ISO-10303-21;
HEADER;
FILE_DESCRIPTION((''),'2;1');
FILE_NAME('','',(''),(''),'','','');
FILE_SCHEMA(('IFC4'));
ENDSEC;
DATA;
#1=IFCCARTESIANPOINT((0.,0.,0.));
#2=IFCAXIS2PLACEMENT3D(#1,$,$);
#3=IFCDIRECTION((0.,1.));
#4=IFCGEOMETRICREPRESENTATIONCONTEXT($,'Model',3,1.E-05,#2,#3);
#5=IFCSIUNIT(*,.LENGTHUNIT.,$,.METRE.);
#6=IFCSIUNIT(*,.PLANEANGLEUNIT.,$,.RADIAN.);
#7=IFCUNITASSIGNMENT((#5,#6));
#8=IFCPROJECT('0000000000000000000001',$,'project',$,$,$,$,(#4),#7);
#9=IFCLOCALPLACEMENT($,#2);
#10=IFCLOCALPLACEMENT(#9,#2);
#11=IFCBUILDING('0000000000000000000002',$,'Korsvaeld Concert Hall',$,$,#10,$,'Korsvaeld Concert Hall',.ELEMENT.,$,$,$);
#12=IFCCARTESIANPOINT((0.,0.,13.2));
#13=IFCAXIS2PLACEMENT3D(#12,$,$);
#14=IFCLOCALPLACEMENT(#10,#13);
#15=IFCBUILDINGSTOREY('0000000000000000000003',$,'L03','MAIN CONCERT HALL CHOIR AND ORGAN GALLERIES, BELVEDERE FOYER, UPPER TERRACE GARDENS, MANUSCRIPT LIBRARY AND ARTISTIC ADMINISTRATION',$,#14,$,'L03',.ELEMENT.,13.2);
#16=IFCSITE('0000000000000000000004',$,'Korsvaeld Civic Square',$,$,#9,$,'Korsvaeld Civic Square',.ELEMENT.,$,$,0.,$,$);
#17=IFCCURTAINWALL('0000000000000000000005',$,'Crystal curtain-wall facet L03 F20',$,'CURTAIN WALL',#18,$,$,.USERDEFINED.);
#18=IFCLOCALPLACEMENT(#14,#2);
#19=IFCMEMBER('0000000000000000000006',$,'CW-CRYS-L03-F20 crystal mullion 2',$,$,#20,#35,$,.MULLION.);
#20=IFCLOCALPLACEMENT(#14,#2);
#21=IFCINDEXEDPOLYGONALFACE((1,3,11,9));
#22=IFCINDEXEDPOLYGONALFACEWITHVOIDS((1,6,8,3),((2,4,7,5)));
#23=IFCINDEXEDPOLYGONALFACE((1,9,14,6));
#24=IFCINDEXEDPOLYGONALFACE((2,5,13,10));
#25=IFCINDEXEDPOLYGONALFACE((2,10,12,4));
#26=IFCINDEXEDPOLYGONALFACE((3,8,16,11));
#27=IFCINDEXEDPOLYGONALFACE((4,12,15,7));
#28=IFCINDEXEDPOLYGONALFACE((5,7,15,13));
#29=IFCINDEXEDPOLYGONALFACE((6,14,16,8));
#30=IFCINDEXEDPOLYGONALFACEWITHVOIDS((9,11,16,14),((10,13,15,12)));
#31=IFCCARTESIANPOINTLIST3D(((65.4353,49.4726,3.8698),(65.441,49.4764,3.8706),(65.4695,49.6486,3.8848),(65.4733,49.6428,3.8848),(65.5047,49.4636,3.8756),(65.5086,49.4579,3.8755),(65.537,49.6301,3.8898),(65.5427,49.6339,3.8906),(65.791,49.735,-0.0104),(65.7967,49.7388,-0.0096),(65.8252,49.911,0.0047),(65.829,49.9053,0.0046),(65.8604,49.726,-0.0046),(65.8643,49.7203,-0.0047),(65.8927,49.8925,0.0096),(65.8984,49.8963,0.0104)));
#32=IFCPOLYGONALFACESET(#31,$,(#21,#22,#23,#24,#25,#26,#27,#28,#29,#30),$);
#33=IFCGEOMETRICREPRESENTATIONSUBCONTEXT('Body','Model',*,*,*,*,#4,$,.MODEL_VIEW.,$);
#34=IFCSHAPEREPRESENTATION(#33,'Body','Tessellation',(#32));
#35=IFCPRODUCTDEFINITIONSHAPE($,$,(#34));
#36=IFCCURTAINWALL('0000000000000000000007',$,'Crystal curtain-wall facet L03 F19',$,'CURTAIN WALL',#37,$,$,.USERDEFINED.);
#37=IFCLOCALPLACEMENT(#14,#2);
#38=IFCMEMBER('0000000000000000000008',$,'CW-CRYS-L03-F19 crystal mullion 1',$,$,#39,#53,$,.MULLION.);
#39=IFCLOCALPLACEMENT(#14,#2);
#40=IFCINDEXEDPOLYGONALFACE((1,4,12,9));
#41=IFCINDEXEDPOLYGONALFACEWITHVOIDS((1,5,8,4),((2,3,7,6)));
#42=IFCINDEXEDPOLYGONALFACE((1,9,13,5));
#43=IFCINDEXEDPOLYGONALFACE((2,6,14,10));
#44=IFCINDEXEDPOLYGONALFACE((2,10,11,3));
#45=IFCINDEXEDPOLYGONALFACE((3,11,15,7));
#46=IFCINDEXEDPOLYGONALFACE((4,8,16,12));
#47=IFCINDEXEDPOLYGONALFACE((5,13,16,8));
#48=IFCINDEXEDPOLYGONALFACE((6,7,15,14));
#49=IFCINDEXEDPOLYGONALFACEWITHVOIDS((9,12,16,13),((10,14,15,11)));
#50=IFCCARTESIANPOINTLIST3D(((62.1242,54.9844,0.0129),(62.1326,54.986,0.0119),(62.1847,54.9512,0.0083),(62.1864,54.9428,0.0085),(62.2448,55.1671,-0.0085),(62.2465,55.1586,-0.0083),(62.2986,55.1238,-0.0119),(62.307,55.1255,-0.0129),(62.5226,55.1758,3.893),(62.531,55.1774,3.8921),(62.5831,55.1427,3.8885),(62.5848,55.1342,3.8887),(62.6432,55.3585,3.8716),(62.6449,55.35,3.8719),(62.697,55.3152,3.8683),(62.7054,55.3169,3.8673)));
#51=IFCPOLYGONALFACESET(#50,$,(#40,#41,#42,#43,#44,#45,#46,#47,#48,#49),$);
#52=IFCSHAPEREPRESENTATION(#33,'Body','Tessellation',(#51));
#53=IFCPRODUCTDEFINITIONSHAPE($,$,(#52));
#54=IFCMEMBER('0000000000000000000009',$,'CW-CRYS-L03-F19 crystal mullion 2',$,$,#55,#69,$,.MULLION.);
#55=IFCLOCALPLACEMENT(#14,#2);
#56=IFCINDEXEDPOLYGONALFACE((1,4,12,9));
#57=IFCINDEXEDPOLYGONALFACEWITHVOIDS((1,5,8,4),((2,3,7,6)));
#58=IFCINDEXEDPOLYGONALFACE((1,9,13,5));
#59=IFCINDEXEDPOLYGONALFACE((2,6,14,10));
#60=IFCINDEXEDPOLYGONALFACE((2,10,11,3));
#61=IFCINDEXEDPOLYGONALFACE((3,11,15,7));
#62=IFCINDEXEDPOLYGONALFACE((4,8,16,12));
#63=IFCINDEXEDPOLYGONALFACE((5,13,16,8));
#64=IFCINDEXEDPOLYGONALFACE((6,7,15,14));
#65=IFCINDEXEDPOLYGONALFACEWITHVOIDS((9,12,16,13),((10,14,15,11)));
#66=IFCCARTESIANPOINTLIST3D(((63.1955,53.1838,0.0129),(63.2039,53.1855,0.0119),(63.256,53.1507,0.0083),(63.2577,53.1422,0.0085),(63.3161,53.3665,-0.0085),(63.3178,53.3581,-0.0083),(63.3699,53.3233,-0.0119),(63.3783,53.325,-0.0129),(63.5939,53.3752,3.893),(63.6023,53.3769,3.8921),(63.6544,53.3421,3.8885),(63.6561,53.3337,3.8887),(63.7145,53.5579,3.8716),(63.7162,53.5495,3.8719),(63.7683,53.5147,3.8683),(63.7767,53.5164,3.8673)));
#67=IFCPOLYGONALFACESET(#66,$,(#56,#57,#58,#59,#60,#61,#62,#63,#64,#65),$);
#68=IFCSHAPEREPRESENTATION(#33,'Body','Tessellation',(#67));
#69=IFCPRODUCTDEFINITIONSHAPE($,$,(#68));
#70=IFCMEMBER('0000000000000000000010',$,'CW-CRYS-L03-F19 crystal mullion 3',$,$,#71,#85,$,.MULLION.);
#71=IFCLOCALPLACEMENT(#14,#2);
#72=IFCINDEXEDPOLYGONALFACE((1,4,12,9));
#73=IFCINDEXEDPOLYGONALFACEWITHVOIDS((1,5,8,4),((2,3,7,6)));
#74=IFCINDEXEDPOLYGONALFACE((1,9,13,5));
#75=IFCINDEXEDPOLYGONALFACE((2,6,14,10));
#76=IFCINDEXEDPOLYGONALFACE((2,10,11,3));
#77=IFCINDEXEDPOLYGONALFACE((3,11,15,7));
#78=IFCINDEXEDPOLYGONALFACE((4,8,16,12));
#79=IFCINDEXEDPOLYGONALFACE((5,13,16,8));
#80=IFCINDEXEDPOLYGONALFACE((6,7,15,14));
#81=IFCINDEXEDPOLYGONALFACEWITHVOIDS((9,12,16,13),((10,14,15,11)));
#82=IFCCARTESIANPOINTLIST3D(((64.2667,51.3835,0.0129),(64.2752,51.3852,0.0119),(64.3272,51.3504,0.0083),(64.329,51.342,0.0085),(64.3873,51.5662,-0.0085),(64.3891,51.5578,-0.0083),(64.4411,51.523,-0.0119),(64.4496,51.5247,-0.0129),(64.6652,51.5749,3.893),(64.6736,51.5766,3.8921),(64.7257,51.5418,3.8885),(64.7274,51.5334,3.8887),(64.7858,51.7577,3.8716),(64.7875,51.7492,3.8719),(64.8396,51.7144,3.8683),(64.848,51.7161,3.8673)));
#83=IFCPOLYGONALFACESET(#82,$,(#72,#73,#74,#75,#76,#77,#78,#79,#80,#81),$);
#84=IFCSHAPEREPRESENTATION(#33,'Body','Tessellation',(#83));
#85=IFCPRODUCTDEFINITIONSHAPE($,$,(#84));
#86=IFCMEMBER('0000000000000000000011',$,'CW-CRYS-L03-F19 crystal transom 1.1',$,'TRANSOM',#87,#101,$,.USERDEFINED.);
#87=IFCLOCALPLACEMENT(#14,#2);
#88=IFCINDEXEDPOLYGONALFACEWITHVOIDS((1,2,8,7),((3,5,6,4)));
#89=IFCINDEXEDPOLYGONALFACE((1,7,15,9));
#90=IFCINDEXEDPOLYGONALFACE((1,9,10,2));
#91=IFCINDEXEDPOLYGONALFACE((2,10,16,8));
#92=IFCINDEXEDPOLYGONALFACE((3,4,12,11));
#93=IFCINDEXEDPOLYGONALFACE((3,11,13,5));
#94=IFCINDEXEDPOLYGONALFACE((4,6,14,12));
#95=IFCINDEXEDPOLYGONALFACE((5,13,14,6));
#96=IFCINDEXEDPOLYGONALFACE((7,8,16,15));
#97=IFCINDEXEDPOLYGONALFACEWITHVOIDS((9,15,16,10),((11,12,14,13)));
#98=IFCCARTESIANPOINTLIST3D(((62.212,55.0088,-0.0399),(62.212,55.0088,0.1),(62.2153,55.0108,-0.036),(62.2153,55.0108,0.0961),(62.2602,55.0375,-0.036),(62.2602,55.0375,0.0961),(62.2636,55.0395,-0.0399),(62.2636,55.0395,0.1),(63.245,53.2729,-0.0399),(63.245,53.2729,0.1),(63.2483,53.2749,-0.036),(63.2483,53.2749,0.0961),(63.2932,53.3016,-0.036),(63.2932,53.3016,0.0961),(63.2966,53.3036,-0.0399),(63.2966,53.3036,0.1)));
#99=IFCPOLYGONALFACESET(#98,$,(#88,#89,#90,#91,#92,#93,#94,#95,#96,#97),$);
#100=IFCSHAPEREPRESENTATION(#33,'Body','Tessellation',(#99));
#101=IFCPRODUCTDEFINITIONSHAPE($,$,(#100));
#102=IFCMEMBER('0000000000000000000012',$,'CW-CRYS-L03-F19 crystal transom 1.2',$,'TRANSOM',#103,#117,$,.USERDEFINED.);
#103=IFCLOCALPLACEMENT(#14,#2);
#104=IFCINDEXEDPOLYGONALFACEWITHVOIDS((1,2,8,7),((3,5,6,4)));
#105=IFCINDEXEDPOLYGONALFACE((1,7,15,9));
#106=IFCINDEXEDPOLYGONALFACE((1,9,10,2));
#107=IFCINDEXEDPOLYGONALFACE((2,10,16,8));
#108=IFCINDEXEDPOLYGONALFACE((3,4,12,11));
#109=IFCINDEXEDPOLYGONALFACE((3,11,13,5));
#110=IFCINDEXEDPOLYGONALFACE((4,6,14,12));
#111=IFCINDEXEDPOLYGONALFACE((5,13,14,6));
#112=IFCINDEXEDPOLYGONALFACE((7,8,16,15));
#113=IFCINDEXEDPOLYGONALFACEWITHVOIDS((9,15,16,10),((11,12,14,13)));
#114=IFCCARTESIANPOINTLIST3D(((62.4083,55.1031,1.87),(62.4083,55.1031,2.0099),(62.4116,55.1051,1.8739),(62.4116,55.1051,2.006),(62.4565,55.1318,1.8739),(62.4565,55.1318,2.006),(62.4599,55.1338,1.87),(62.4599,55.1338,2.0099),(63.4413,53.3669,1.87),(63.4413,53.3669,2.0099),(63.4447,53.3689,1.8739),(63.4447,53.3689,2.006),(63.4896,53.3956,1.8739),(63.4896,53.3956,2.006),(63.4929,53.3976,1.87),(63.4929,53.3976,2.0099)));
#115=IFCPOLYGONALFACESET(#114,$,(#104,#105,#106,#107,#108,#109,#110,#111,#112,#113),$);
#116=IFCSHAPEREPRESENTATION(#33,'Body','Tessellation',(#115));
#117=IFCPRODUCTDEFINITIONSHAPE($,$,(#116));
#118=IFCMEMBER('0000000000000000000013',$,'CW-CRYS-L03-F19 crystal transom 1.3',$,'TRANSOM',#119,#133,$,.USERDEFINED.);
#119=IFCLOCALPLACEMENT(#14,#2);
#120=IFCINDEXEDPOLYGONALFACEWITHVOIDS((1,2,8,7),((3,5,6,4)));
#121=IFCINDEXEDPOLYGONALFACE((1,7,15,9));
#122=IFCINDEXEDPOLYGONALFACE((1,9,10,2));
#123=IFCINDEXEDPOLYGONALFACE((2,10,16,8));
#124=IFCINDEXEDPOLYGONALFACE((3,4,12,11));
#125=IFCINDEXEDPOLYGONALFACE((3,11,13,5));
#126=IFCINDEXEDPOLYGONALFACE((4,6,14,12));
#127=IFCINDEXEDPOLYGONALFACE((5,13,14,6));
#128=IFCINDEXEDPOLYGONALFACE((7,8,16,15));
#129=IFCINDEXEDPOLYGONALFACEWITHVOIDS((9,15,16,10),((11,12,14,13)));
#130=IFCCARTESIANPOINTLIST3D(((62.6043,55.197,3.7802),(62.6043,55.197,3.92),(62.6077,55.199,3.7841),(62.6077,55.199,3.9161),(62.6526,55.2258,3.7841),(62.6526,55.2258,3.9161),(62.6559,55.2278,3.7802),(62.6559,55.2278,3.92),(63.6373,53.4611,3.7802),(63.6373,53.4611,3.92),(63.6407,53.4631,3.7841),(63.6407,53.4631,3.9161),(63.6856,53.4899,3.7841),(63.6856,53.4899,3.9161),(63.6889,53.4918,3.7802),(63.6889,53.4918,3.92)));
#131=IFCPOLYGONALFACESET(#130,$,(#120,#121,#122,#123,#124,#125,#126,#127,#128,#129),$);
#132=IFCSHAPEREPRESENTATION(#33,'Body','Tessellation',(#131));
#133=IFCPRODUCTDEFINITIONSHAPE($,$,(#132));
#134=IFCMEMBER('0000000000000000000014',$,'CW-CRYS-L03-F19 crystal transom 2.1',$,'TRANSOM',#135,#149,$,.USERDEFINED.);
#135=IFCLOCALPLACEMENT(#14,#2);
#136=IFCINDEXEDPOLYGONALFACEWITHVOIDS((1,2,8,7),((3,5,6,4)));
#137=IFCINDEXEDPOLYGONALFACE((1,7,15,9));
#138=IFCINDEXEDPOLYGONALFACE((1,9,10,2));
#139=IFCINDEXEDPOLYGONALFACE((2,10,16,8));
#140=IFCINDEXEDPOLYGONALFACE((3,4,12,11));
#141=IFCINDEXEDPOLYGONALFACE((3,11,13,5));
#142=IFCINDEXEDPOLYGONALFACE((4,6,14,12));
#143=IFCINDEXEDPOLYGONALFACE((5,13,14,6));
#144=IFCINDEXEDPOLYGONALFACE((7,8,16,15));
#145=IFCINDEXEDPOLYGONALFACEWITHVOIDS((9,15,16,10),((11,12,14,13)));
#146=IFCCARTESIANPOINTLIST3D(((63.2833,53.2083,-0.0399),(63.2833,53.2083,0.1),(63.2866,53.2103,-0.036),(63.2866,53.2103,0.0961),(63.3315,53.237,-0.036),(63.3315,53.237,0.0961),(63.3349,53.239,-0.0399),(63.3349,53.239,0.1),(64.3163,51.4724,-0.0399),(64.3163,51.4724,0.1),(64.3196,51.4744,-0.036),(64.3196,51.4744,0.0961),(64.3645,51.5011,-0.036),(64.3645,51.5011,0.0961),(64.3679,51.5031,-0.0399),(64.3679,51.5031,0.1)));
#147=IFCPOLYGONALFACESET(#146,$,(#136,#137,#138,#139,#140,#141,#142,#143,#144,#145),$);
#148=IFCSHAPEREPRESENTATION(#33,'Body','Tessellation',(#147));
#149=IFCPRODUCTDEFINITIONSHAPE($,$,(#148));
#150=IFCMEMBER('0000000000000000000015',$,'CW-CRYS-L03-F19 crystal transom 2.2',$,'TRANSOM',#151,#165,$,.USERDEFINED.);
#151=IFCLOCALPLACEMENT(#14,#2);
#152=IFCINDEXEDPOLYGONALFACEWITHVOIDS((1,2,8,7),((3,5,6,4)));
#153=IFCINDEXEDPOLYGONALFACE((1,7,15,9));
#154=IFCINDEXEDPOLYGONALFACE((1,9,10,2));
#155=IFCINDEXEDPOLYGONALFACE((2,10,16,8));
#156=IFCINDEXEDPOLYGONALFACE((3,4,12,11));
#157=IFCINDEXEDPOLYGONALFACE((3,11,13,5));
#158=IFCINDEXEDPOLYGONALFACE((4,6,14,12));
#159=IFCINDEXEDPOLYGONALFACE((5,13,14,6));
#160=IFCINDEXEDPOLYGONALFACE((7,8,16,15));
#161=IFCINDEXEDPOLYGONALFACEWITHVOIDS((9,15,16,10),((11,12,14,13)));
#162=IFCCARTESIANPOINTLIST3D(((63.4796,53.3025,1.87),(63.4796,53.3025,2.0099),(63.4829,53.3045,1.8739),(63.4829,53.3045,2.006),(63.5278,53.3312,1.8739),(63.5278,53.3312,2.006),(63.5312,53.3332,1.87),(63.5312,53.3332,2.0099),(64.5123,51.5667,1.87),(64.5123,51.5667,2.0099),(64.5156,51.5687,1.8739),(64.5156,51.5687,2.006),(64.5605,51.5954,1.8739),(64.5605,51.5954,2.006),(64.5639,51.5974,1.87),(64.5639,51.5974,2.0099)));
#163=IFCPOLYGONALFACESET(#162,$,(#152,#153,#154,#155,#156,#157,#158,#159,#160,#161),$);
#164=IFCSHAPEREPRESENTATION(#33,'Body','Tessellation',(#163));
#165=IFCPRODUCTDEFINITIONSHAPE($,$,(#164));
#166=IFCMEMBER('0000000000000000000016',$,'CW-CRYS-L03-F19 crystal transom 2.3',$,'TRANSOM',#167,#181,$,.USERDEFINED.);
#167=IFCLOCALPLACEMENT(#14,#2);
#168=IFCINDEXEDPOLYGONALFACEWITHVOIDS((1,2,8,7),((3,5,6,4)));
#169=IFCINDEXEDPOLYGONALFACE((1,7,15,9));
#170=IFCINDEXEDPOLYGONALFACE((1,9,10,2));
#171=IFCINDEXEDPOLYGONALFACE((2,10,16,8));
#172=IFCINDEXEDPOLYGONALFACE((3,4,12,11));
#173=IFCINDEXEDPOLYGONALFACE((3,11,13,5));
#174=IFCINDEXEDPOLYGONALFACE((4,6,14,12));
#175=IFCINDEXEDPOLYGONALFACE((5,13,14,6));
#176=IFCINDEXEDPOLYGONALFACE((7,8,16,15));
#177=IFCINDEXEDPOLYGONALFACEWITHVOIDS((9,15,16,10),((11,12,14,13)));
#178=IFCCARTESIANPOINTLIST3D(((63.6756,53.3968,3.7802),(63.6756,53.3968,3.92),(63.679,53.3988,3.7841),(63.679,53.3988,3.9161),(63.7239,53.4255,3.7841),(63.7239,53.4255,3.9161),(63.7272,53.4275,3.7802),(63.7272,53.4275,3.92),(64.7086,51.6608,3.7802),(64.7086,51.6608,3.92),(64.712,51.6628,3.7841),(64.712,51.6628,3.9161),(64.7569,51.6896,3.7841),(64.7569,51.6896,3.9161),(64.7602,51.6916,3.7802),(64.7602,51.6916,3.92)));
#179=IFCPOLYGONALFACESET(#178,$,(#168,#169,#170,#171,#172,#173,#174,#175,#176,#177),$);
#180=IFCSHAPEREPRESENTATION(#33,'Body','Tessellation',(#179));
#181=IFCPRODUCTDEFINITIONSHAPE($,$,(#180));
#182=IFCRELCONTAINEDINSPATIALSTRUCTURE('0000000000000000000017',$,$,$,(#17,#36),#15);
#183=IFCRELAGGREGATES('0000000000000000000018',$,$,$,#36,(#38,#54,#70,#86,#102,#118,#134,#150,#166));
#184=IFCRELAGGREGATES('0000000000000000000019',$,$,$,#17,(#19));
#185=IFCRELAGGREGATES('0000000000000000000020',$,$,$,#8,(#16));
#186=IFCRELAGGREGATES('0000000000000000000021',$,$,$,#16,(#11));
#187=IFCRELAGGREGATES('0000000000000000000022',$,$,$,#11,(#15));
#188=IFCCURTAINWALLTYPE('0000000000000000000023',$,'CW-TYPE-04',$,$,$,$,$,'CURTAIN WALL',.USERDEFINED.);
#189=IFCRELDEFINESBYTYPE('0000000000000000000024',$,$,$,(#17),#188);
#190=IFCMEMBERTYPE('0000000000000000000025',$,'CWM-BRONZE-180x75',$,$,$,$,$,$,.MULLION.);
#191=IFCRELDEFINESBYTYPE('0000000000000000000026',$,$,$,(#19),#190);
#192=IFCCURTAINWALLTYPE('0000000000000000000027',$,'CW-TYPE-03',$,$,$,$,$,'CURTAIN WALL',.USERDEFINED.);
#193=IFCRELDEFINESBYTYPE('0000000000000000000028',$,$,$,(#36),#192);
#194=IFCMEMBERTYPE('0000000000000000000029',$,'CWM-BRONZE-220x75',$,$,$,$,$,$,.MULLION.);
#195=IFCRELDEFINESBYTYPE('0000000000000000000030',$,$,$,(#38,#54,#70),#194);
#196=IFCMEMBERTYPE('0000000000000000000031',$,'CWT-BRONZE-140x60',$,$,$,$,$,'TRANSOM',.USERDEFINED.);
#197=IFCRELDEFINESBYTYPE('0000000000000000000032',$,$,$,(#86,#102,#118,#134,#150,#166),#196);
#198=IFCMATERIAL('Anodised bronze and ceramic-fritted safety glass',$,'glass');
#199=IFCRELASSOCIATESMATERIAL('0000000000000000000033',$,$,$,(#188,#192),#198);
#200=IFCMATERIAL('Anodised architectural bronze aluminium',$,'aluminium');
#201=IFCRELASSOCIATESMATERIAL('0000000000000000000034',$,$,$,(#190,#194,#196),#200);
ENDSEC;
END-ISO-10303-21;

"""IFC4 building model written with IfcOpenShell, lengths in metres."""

from ifc_helpers import new_model, si_unit, direction, frame, origin, origin_2d, place, context, subcontext, project, spatial, hollow_rectangle, extrude, material, material_profile, profile_set, type_object, element, aggregate, save


model = new_model("IFC4")

# Units and contexts
model_context = context("Model", 3, precision=1e-05, world=origin(), true_north=direction((0.0, 1.0)))
body_context = subcontext(model_context, "Body", "Model", "MODEL_VIEW")
ifc_project = project(units=[si_unit("LENGTHUNIT", "METRE"), si_unit("PLANEANGLEUNIT", "RADIAN")], contexts=[model_context])

# Site, building, storey
site_placement = place(None, origin())
site = spatial("IfcSite", under=ifc_project, at=site_placement, Name="Korsvaeld Civic Square", LongName="Korsvaeld Civic Square", CompositionType="ELEMENT", RefElevation=0.0)
building_placement = place(site_placement, origin())
building = spatial("IfcBuilding", under=site, at=building_placement, Name="Korsvaeld Concert Hall", LongName="Korsvaeld Concert Hall", CompositionType="ELEMENT")
storey_placement = place(building_placement, frame((0.0, 0.0, 13.2)))
storey = spatial("IfcBuildingStorey", under=building, at=storey_placement, Name="L03", Description="MAIN CONCERT HALL CHOIR AND ORGAN GALLERIES, BELVEDERE FOYER, UPPER TERRACE GARDENS, MANUSCRIPT LIBRARY AND ARTISTIC ADMINISTRATION", LongName="L03", CompositionType="ELEMENT", Elevation=13.2)

# Curtain walls, members
ifc_material_1 = material(Name="Anodised bronze and ceramic-fritted safety glass", Category="glass")
curtain_wall_type_1 = type_object("IfcCurtainWallType", Name="CW-TYPE-04", ElementType="CURTAIN WALL", PredefinedType="USERDEFINED", material=ifc_material_1)
curtain_wall_1_placement = place(storey_placement, origin())
curtain_wall_1 = element("IfcCurtainWall", 1, at=curtain_wall_1_placement, inside=storey, type_object=curtain_wall_type_1, Name="Crystal curtain-wall facet L03 F20", ObjectType="CURTAIN WALL", PredefinedType="USERDEFINED")
ifc_material_2 = material(Name="Anodised architectural bronze aluminium", Category="aluminium")
ifc_material_profile_1 = material_profile(ifc_material_2, hollow_rectangle(XDim=0.075, YDim=0.1799, WallThickness=0.0049, at=origin_2d()), Name="CWM 180x75x5")
ifc_profile_set_1 = profile_set([ifc_material_profile_1], Name="Anodised architectural bronze aluminium")
member_type_1 = type_object("IfcMemberType", Name="CWM-BRONZE-180x75", PredefinedType="MULLION", material=ifc_profile_set_1)
member_1_placement = place(storey_placement, frame((65.8447, 49.8157, 0.0), z_axis=(-0.091086, -0.067205, 0.993573), x_axis=(0.977585, -0.196208, 0.076349)))
member_1 = element("IfcMember", 2, at=member_1_placement, type_object=member_type_1, Name="CW-CRYS-L03-F20 crystal mullion 2", PredefinedType="MULLION", context=body_context, shape_type="SweptSolid", body=[
    extrude(hollow_rectangle(XDim=0.075, YDim=0.1799, WallThickness=0.0049, at=origin_2d()), origin(), (0.0, 0.0, 1.0), 3.9053),
])
curtain_wall_type_2 = type_object("IfcCurtainWallType", Name="CW-TYPE-03", ElementType="CURTAIN WALL", PredefinedType="USERDEFINED", material=ifc_material_1)
curtain_wall_2_placement = place(storey_placement, origin())
curtain_wall_2 = element("IfcCurtainWall", 3, at=curtain_wall_2_placement, inside=storey, type_object=curtain_wall_type_2, Name="Crystal curtain-wall facet L03 F19", ObjectType="CURTAIN WALL", PredefinedType="USERDEFINED")
ifc_material_profile_2 = material_profile(ifc_material_2, hollow_rectangle(XDim=0.075, YDim=0.22, WallThickness=0.0061, at=origin_2d()), Name="CWM 220x75x6")
ifc_profile_set_2 = profile_set([ifc_material_profile_2], Name="Anodised architectural bronze aluminium")
member_type_2 = type_object("IfcMemberType", Name="CWM-BRONZE-220x75", PredefinedType="MULLION", material=ifc_profile_set_2)
member_2_placement = place(storey_placement, frame((62.2156, 55.0549, 0.0), z_axis=(0.102027, 0.049013, 0.993573), x_axis=(-0.830086, 0.554624, 0.057879)))
member_2 = element("IfcMember", 4, at=member_2_placement, type_object=member_type_2, Name="CW-CRYS-L03-F19 crystal mullion 1", PredefinedType="MULLION", context=body_context, shape_type="SweptSolid", body=[
    extrude(hollow_rectangle(XDim=0.075, YDim=0.22, WallThickness=0.0061, at=origin_2d()), origin(), (0.0, 0.0, 1.0), 3.9053),
])
member_3_placement = place(storey_placement, frame((63.2869, 53.2544, 0.0), z_axis=(0.102027, 0.049013, 0.993573), x_axis=(-0.830086, 0.554624, 0.057879)))
member_3 = element("IfcMember", 5, at=member_3_placement, type_object=member_type_2, Name="CW-CRYS-L03-F19 crystal mullion 2", PredefinedType="MULLION", context=body_context, shape_type="SweptSolid", body=[
    extrude(hollow_rectangle(XDim=0.075, YDim=0.22, WallThickness=0.0061, at=origin_2d()), origin(), (0.0, 0.0, 1.0), 3.9053),
])
member_4_placement = place(storey_placement, frame((64.3582, 51.4541, 0.0), z_axis=(0.102027, 0.049013, 0.993573), x_axis=(-0.830086, 0.554624, 0.057879)))
member_4 = element("IfcMember", 6, at=member_4_placement, type_object=member_type_2, Name="CW-CRYS-L03-F19 crystal mullion 3", PredefinedType="MULLION", context=body_context, shape_type="SweptSolid", body=[
    extrude(hollow_rectangle(XDim=0.075, YDim=0.22, WallThickness=0.0061, at=origin_2d()), origin(), (0.0, 0.0, 1.0), 3.9053),
])
ifc_material_profile_3 = material_profile(ifc_material_2, hollow_rectangle(XDim=0.0601, YDim=0.1399, WallThickness=0.0039, at=origin_2d()), Name="CWT 140x60x4")
ifc_profile_set_3 = profile_set([ifc_material_profile_3], Name="Anodised architectural bronze aluminium")
member_type_3 = type_object("IfcMemberType", Name="CWT-BRONZE-140x60", ElementType="TRANSOM", PredefinedType="USERDEFINED", material=ifc_profile_set_3)
member_5_placement = place(storey_placement, frame((62.2378, 55.0242, 0.03), z_axis=(0.511382, -0.859354, 0.0), x_axis=(0.859354, 0.511382, 0.0)))
member_5 = element("IfcMember", 7, at=member_5_placement, type_object=member_type_3, Name="CW-CRYS-L03-F19 crystal transom 1.1", ObjectType="TRANSOM", PredefinedType="USERDEFINED", context=body_context, shape_type="SweptSolid", body=[
    extrude(hollow_rectangle(XDim=0.0601, YDim=0.1399, WallThickness=0.0039, at=origin_2d()), origin(), (0.0, 0.0, 1.0), 2.02),
])
member_6_placement = place(storey_placement, frame((62.4341, 55.1184, 1.9399), z_axis=(0.511329, -0.859385, 0.0), x_axis=(0.859385, 0.511329, 0.0)))
member_6 = element("IfcMember", 8, at=member_6_placement, type_object=member_type_3, Name="CW-CRYS-L03-F19 crystal transom 1.2", ObjectType="TRANSOM", PredefinedType="USERDEFINED", context=body_context, shape_type="SweptSolid", body=[
    extrude(hollow_rectangle(XDim=0.0601, YDim=0.1399, WallThickness=0.0039, at=origin_2d()), origin(), (0.0, 0.0, 1.0), 2.0203),
])
member_7_placement = place(storey_placement, frame((62.6301, 55.2124, 3.8501), z_axis=(0.511382, -0.859354, 0.0), x_axis=(0.859354, 0.511382, 0.0)))
member_7 = element("IfcMember", 9, at=member_7_placement, type_object=member_type_3, Name="CW-CRYS-L03-F19 crystal transom 1.3", ObjectType="TRANSOM", PredefinedType="USERDEFINED", context=body_context, shape_type="SweptSolid", body=[
    extrude(hollow_rectangle(XDim=0.0601, YDim=0.1399, WallThickness=0.0039, at=origin_2d()), origin(), (0.0, 0.0, 1.0), 2.02),
])
member_8_placement = place(storey_placement, frame((63.3091, 53.2236, 0.03), z_axis=(0.511382, -0.859354, 0.0), x_axis=(0.859354, 0.511382, 0.0)))
member_8 = element("IfcMember", 10, at=member_8_placement, type_object=member_type_3, Name="CW-CRYS-L03-F19 crystal transom 2.1", ObjectType="TRANSOM", PredefinedType="USERDEFINED", context=body_context, shape_type="SweptSolid", body=[
    extrude(hollow_rectangle(XDim=0.0601, YDim=0.1399, WallThickness=0.0039, at=origin_2d()), origin(), (0.0, 0.0, 1.0), 2.02),
])
member_9_placement = place(storey_placement, frame((63.5054, 53.3179, 1.9399), z_axis=(0.511293, -0.859407, 0.0), x_axis=(0.859407, 0.511293, 0.0)))
member_9 = element("IfcMember", 11, at=member_9_placement, type_object=member_type_3, Name="CW-CRYS-L03-F19 crystal transom 2.2", ObjectType="TRANSOM", PredefinedType="USERDEFINED", context=body_context, shape_type="SweptSolid", body=[
    extrude(hollow_rectangle(XDim=0.0601, YDim=0.1399, WallThickness=0.0039, at=origin_2d()), origin(), (0.0, 0.0, 1.0), 2.0198),
])
member_10_placement = place(storey_placement, frame((63.7014, 53.4121, 3.8501), z_axis=(0.511382, -0.859354, 0.0), x_axis=(0.859354, 0.511382, 0.0)))
member_10 = element("IfcMember", 12, at=member_10_placement, type_object=member_type_3, Name="CW-CRYS-L03-F19 crystal transom 2.3", ObjectType="TRANSOM", PredefinedType="USERDEFINED", context=body_context, shape_type="SweptSolid", body=[
    extrude(hollow_rectangle(XDim=0.0601, YDim=0.1399, WallThickness=0.0039, at=origin_2d()), origin(), (0.0, 0.0, 1.0), 2.02),
])

aggregate(curtain_wall_2, [member_2, member_3, member_4, member_5, member_6, member_7, member_8, member_9, member_10])
aggregate(curtain_wall_1, [member_1])

save(model, "model.ifc")
